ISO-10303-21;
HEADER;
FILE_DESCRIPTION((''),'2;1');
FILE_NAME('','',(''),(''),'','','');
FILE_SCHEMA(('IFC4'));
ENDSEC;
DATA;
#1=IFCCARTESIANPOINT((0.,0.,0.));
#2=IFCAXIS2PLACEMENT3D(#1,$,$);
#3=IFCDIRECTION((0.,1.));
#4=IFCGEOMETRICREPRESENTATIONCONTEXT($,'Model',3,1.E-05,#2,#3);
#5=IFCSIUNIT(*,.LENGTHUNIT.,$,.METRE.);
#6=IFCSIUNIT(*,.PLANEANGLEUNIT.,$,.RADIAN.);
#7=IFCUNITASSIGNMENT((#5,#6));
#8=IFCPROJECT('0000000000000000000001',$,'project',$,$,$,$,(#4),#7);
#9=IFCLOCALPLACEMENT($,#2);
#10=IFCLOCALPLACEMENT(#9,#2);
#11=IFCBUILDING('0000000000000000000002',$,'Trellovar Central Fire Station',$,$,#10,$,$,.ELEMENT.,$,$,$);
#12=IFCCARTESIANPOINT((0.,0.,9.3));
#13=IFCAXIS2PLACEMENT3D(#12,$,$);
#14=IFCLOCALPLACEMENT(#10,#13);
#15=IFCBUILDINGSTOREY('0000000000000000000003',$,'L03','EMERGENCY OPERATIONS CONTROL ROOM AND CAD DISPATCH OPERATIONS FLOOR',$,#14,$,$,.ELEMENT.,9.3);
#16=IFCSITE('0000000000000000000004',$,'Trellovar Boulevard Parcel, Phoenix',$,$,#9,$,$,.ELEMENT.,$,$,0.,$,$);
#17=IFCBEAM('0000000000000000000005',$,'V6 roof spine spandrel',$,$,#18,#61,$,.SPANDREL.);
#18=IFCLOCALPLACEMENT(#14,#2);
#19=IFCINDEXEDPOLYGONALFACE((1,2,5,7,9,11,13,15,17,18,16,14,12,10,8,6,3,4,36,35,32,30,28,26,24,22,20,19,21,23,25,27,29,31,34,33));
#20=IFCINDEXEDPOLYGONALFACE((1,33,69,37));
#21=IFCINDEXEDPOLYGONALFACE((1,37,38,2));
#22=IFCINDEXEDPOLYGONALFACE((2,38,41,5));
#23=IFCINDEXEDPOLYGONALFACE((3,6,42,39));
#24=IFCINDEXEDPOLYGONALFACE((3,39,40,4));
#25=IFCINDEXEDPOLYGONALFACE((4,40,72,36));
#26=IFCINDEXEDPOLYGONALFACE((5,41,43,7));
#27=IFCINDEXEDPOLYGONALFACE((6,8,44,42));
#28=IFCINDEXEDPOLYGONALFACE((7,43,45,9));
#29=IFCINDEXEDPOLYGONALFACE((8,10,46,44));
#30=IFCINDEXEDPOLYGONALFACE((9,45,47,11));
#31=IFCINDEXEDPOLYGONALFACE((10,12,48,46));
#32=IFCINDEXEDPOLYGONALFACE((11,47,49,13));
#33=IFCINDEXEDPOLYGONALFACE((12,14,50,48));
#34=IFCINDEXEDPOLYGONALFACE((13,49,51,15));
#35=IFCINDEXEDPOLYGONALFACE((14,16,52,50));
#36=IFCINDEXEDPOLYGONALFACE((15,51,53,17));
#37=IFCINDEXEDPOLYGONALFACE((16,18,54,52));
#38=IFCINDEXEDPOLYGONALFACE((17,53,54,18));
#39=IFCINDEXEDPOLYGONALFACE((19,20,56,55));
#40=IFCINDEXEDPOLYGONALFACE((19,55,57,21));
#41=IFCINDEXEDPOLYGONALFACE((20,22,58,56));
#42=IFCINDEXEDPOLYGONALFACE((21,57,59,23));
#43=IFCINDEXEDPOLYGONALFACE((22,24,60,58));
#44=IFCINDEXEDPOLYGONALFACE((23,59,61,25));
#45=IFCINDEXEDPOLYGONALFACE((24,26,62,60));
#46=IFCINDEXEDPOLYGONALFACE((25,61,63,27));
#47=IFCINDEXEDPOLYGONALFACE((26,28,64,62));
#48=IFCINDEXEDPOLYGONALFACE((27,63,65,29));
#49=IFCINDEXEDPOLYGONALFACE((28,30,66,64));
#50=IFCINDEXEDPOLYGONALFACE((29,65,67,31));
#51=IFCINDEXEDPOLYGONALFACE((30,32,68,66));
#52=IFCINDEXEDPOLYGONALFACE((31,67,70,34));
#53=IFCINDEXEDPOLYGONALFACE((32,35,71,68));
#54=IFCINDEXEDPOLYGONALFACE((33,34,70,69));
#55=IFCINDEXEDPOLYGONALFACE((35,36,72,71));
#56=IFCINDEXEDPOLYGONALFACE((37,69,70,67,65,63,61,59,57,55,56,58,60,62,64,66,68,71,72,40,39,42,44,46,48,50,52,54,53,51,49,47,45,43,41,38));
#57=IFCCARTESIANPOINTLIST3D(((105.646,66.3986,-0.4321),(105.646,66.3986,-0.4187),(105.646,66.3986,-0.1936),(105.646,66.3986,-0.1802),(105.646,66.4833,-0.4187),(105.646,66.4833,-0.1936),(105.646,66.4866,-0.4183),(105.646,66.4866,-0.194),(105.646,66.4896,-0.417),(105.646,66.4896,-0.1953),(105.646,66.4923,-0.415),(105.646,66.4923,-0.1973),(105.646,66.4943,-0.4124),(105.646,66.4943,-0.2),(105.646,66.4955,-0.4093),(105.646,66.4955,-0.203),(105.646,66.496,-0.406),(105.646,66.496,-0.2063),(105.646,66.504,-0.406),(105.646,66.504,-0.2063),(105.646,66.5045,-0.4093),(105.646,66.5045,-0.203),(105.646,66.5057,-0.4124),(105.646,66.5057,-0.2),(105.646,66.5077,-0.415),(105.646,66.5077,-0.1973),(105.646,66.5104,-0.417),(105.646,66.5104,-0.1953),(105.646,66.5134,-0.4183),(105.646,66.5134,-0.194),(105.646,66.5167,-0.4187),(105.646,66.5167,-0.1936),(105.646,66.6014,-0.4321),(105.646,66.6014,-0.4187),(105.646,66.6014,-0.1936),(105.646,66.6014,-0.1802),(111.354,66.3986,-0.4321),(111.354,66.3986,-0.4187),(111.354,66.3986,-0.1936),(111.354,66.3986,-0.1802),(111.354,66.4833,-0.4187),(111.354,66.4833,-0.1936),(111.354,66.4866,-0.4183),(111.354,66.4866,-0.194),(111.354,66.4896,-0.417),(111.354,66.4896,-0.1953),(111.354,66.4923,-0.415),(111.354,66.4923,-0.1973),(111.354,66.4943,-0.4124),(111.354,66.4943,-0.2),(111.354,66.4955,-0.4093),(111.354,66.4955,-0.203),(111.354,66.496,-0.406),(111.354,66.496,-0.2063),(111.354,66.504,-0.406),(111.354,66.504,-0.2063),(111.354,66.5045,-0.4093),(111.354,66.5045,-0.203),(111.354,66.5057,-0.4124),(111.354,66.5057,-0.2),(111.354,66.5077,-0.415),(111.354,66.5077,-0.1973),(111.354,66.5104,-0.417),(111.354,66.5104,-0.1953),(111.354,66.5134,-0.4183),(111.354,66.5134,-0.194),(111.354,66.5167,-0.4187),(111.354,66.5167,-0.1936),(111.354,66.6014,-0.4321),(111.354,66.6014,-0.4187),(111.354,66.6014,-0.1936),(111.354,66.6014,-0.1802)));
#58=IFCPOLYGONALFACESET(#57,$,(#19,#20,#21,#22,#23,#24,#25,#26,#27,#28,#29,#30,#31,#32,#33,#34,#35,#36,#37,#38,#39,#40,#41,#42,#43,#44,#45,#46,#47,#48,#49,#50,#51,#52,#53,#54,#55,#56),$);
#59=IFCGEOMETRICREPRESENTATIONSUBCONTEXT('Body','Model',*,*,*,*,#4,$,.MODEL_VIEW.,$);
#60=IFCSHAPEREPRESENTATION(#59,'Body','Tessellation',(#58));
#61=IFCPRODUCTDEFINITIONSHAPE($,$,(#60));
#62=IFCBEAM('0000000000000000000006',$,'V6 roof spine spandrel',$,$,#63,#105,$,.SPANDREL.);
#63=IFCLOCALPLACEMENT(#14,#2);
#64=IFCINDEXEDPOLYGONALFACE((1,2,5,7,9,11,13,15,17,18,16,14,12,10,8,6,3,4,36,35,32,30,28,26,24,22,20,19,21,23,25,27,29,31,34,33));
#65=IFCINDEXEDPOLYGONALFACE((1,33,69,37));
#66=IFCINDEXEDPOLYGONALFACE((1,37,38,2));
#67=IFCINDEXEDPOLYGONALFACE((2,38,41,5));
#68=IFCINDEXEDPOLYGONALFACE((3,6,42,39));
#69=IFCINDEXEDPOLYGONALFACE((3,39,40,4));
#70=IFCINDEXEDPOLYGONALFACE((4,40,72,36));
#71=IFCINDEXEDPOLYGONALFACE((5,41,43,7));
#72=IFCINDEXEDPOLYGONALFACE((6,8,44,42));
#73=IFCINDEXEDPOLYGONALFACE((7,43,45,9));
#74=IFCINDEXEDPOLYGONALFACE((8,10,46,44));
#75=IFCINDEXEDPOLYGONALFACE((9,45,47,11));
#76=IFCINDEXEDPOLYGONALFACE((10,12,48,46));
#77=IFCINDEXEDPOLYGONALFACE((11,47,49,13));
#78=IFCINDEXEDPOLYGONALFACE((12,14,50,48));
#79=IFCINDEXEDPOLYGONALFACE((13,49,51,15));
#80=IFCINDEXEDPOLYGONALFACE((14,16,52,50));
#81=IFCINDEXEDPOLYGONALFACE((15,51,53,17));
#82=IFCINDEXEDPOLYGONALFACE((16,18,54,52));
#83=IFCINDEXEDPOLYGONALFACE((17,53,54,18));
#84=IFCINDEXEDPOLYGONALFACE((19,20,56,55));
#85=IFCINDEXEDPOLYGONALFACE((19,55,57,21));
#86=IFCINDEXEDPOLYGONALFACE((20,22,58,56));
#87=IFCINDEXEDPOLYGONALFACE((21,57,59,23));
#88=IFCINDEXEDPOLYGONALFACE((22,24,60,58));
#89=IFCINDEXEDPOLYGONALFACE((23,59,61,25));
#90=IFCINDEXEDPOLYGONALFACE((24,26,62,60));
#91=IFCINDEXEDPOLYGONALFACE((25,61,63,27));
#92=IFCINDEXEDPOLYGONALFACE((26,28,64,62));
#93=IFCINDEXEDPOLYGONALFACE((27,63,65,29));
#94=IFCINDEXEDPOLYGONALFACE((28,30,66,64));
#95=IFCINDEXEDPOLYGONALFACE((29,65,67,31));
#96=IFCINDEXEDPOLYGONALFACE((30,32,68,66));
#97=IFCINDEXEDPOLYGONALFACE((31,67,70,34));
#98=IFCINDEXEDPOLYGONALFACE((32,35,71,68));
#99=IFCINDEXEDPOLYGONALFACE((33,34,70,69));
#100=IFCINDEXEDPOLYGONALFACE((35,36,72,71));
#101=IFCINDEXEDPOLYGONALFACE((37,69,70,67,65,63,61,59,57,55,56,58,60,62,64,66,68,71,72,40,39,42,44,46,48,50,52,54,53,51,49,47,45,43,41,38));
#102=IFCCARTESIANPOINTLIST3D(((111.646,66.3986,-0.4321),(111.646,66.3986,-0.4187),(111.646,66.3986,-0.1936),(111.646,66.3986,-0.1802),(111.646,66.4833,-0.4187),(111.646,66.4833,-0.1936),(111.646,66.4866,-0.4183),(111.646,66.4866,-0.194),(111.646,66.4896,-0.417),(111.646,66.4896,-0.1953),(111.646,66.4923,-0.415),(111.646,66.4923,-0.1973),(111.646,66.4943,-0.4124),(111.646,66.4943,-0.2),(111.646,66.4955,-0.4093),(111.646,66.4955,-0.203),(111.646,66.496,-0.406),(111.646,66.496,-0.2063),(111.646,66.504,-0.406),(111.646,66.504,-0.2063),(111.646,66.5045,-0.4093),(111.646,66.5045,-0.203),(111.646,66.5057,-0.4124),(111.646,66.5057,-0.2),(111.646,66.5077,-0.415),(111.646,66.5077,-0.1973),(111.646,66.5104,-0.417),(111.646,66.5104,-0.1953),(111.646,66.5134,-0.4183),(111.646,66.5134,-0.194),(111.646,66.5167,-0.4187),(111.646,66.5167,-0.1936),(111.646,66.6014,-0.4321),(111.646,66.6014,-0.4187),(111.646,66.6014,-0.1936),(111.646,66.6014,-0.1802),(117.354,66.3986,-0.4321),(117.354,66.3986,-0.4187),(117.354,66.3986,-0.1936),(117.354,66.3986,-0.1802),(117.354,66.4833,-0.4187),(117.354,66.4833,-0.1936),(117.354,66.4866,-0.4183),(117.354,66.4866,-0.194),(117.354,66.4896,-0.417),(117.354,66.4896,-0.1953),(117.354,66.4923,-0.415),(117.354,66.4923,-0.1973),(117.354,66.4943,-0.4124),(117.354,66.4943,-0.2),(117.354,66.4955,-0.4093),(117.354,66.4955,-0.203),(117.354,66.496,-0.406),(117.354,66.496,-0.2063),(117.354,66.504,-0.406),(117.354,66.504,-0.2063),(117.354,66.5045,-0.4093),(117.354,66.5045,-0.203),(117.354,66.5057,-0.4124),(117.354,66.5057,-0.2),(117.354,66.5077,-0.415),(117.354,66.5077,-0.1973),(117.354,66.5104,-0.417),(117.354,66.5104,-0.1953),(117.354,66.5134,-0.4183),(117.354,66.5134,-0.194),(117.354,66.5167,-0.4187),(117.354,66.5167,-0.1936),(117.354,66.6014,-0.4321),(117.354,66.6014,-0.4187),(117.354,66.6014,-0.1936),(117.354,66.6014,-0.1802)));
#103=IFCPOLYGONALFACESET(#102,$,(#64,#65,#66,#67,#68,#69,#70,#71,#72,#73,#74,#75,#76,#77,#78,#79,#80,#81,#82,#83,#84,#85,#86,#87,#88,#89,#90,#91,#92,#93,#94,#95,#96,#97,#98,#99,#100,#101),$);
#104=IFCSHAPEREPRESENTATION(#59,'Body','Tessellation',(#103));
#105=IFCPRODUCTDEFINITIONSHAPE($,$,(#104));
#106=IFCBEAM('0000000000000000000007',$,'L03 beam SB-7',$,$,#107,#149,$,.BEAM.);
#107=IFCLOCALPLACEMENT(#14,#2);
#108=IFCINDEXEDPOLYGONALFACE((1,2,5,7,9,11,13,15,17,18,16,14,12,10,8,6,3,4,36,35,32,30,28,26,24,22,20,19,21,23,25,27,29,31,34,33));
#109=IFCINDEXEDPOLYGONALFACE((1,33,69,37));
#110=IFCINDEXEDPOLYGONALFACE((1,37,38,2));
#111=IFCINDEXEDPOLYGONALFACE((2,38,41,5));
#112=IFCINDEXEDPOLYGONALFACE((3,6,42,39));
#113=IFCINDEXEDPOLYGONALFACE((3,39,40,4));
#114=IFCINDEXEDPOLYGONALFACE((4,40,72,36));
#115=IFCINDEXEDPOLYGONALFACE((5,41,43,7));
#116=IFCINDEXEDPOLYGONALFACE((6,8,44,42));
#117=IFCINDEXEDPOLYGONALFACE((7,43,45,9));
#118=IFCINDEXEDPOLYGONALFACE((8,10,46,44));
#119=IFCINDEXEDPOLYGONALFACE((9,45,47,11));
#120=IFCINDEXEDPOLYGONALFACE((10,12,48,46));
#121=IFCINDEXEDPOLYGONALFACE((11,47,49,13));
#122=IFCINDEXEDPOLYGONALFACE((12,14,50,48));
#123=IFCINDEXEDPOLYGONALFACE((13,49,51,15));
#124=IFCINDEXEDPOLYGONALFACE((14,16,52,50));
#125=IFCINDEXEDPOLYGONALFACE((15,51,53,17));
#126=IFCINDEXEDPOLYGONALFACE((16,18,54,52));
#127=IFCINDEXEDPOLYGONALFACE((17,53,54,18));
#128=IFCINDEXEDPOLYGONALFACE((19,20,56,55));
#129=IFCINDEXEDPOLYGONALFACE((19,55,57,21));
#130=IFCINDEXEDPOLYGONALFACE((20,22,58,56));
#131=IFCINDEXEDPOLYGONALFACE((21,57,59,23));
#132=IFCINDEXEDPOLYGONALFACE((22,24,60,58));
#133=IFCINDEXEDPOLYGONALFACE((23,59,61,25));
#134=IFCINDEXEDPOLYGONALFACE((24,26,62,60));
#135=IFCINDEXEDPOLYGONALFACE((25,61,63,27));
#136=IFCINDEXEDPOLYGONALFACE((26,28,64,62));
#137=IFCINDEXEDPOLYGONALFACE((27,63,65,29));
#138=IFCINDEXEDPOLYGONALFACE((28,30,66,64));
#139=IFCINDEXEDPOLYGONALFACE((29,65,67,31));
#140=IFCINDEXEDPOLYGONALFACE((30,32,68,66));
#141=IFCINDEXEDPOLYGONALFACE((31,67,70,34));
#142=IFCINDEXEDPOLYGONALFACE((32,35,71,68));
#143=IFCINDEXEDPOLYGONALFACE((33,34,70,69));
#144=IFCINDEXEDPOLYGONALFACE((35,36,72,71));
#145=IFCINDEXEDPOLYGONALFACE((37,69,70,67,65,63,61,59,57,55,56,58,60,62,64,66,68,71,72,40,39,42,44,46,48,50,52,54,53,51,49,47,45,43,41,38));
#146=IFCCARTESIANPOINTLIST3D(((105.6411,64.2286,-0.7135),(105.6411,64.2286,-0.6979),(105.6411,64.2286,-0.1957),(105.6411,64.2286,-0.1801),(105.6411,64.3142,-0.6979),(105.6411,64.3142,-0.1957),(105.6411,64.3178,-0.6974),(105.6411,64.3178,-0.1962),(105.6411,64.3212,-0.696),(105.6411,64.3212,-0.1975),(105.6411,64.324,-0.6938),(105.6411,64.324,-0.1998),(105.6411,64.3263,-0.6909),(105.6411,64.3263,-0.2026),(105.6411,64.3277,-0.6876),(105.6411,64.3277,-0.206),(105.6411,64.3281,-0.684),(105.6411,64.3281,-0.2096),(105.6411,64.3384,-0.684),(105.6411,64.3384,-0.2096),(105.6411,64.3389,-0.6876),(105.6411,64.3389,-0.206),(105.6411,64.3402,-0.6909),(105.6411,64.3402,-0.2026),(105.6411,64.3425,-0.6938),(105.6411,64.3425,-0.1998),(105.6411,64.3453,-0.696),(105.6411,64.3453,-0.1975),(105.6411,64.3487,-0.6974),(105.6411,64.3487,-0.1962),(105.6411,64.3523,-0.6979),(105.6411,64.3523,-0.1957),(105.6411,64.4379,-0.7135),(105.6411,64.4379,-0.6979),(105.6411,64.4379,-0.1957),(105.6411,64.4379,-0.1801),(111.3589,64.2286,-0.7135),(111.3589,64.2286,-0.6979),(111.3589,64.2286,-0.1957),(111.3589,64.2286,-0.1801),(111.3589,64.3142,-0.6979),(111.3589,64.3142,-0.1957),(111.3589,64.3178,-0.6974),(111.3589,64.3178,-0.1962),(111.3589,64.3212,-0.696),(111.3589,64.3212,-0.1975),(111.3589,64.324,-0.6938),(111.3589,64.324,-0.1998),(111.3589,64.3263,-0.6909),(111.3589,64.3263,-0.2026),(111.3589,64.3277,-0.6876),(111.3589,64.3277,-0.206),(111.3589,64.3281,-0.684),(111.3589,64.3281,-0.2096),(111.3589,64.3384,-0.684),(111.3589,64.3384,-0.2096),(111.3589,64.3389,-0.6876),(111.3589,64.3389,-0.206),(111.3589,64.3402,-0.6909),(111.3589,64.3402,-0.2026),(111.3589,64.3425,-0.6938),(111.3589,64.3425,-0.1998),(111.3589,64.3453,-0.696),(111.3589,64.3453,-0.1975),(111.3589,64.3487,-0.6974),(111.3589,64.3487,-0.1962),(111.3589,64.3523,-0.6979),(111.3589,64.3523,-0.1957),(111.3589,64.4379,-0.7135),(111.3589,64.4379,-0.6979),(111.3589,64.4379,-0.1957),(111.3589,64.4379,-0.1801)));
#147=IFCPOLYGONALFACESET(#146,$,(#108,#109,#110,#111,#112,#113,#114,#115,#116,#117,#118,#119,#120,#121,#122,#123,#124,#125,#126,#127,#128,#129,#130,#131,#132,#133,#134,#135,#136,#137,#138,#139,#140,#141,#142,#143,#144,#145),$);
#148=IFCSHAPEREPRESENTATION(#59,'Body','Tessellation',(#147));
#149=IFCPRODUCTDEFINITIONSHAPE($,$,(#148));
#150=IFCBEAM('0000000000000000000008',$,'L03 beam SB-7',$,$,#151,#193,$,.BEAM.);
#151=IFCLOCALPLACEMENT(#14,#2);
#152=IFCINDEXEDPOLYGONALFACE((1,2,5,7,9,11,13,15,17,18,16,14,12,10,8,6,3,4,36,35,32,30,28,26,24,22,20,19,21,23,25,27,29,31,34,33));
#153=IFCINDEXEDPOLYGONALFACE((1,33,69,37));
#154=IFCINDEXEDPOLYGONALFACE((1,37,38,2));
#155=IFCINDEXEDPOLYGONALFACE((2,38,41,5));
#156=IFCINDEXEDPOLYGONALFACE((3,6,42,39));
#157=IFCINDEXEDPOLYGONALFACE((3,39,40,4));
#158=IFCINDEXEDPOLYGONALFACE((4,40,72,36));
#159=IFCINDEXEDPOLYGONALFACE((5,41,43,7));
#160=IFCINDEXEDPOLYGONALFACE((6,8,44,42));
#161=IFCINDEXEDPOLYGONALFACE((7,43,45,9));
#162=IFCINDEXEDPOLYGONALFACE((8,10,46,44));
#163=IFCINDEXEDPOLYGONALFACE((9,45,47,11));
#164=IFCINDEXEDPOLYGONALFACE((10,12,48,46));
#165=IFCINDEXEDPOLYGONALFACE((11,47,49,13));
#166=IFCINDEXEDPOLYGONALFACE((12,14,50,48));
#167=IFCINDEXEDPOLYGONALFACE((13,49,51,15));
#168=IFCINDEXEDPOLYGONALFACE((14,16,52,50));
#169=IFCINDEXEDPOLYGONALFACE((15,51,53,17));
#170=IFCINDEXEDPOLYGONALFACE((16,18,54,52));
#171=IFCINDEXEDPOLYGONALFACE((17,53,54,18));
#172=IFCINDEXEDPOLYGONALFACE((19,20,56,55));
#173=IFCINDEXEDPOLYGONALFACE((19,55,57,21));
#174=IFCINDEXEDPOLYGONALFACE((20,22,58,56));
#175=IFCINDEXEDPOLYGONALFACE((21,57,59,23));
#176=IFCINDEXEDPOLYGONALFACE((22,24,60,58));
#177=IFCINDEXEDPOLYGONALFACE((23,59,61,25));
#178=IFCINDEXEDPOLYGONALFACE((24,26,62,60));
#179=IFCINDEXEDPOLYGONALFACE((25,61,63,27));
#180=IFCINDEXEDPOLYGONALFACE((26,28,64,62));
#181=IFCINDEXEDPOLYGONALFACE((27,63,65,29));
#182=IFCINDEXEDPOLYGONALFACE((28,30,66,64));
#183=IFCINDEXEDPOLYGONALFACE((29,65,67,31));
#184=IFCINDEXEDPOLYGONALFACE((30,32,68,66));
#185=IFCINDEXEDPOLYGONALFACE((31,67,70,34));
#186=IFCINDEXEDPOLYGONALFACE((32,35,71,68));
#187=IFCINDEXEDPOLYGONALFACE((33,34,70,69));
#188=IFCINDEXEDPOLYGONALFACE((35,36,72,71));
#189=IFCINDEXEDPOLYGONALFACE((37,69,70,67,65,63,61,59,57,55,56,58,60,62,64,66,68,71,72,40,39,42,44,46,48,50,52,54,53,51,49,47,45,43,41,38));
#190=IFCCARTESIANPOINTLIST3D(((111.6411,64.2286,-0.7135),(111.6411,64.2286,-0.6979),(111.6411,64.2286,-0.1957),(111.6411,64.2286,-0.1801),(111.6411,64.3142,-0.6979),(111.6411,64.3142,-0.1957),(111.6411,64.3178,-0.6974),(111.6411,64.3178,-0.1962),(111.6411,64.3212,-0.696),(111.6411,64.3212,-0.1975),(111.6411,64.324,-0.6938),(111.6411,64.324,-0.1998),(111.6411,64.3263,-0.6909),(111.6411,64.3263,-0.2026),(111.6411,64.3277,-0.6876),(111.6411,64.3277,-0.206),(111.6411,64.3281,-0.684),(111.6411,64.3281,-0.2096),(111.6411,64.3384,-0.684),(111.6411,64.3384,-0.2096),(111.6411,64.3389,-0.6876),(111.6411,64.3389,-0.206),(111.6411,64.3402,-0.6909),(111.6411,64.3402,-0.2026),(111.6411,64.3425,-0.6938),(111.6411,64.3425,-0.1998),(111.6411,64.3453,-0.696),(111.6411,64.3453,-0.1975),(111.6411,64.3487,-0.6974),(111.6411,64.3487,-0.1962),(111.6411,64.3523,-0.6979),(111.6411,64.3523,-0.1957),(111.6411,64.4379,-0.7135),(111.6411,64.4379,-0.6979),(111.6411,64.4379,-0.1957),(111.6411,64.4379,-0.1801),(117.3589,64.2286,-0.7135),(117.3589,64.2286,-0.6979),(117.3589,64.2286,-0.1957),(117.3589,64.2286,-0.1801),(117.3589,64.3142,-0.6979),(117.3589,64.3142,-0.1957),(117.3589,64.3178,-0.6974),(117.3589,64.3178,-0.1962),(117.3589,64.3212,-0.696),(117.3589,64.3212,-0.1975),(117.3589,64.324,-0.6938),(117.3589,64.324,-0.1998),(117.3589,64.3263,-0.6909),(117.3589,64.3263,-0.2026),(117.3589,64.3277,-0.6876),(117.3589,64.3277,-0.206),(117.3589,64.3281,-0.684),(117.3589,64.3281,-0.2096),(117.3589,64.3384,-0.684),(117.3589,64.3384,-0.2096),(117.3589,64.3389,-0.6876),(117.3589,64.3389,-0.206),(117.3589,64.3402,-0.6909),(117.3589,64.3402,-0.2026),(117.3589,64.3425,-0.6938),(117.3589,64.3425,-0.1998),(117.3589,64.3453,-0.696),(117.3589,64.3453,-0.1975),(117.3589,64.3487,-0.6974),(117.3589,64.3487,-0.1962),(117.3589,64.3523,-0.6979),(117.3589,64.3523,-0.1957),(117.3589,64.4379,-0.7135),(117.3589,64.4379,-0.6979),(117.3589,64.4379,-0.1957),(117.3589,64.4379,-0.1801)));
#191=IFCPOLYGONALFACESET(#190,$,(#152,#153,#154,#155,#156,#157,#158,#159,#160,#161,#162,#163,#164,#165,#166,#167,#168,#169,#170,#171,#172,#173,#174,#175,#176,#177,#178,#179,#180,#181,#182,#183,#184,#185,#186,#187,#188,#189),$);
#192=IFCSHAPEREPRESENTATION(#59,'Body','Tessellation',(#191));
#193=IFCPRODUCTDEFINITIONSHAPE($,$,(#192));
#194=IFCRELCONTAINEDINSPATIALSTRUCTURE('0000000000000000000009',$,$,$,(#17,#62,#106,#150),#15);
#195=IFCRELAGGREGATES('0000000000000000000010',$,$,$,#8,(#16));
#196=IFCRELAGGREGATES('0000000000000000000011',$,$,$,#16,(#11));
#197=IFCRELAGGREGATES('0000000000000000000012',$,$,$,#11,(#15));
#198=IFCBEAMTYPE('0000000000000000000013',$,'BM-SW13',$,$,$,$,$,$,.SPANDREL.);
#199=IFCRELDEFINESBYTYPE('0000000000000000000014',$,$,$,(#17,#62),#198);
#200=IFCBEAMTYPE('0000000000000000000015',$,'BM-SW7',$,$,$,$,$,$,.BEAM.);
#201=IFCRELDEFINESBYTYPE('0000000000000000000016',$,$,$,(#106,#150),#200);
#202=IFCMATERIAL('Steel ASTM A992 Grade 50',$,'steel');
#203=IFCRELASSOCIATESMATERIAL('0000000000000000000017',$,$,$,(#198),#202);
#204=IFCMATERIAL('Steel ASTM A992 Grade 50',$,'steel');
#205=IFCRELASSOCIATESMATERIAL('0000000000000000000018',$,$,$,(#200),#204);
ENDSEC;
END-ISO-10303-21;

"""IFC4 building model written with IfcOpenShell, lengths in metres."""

from ifc_helpers import new_model, si_unit, direction, frame, origin, origin_2d, place, context, subcontext, project, spatial, i_section, extrude, material, material_profile, profile_set, type_object, element, save


model = new_model("IFC4")

# Units and contexts
model_context = context("Model", 3, precision=1e-05, world=origin(), true_north=direction((0.0, 1.0)))
body_context = subcontext(model_context, "Body", "Model", "MODEL_VIEW")
ifc_project = project(units=[si_unit("LENGTHUNIT", "METRE"), si_unit("PLANEANGLEUNIT", "RADIAN")], contexts=[model_context])

# Site, building, storey
site_placement = place(None, origin())
site = spatial("IfcSite", under=ifc_project, at=site_placement, Name="Trellovar Boulevard Parcel, Phoenix", CompositionType="ELEMENT", RefElevation=0.0)
building_placement = place(site_placement, origin())
building = spatial("IfcBuilding", under=site, at=building_placement, Name="Trellovar Central Fire Station", CompositionType="ELEMENT")
storey_placement = place(building_placement, frame((0.0, 0.0, 9.3)))
storey = spatial("IfcBuildingStorey", under=building, at=storey_placement, Name="L03", Description="EMERGENCY OPERATIONS CONTROL ROOM AND CAD DISPATCH OPERATIONS FLOOR", CompositionType="ELEMENT", Elevation=9.3)

# Beams
ifc_material_1 = material(Name="Steel ASTM A992 Grade 50", Category="steel")
ifc_material_profile_1 = material_profile(ifc_material_1, i_section(OverallWidth=0.2029, OverallDepth=0.252, WebThickness=0.0081, FlangeThickness=0.0134, FilletRadius=0.0127, at=origin_2d()), Name="W10X39")
ifc_profile_set_1 = profile_set([ifc_material_profile_1], Name="Steel ASTM A992 Grade 50")
beam_type_1 = type_object("IfcBeamType", Name="BM-SW13", PredefinedType="SPANDREL", material=ifc_profile_set_1)
for number, where, z_axis, x_axis, name in (
    (1, (105.646, 66.5, -0.3062), (1.0, 0.0, 0.0), (0.0, 1.0, 0.0), "V6 roof spine spandrel"),
    (2, (111.646, 66.5, -0.3062), (1.0, 0.0, 0.0), (0.0, 1.0, 0.0), "V6 roof spine spandrel"),
):
    element("IfcBeam", number, at=place(storey_placement, frame(where, z_axis=z_axis, x_axis=x_axis)), inside=storey, type_object=beam_type_1, Name=name, PredefinedType="SPANDREL", context=body_context, shape_type="SweptSolid", body=[
        extrude(i_section(OverallWidth=0.2029, OverallDepth=0.252, WebThickness=0.0081, FlangeThickness=0.0134, FilletRadius=0.0127, at=origin_2d()), origin(), (0.0, 0.0, 1.0), 5.708),
    ])
ifc_material_2 = material(Name="Steel ASTM A992 Grade 50", Category="steel")
ifc_material_profile_2 = material_profile(ifc_material_2, i_section(OverallWidth=0.2092, OverallDepth=0.5334, WebThickness=0.0103, FlangeThickness=0.0156, FilletRadius=0.0139, at=origin_2d()), Name="W21X62")
ifc_profile_set_2 = profile_set([ifc_material_profile_2], Name="Steel ASTM A992 Grade 50")
beam_type_2 = type_object("IfcBeamType", Name="BM-SW7", PredefinedType="BEAM", material=ifc_profile_set_2)
for number, where, z_axis, x_axis, name in (
    (3, (105.6411, 64.3333, -0.4468), (1.0, 0.0, 0.0), (0.0, 1.0, 0.0), "L03 beam SB-7"),
    (4, (111.6411, 64.3333, -0.4468), (1.0, 0.0, 0.0), (0.0, 1.0, 0.0), "L03 beam SB-7"),
):
    element("IfcBeam", number, at=place(storey_placement, frame(where, z_axis=z_axis, x_axis=x_axis)), inside=storey, type_object=beam_type_2, Name=name, PredefinedType="BEAM", context=body_context, shape_type="SweptSolid", body=[
        extrude(i_section(OverallWidth=0.2092, OverallDepth=0.5334, WebThickness=0.0103, FlangeThickness=0.0156, FilletRadius=0.0139, at=origin_2d()), origin(), (0.0, 0.0, 1.0), 5.7178),
    ])

save(model, "model.ifc")
